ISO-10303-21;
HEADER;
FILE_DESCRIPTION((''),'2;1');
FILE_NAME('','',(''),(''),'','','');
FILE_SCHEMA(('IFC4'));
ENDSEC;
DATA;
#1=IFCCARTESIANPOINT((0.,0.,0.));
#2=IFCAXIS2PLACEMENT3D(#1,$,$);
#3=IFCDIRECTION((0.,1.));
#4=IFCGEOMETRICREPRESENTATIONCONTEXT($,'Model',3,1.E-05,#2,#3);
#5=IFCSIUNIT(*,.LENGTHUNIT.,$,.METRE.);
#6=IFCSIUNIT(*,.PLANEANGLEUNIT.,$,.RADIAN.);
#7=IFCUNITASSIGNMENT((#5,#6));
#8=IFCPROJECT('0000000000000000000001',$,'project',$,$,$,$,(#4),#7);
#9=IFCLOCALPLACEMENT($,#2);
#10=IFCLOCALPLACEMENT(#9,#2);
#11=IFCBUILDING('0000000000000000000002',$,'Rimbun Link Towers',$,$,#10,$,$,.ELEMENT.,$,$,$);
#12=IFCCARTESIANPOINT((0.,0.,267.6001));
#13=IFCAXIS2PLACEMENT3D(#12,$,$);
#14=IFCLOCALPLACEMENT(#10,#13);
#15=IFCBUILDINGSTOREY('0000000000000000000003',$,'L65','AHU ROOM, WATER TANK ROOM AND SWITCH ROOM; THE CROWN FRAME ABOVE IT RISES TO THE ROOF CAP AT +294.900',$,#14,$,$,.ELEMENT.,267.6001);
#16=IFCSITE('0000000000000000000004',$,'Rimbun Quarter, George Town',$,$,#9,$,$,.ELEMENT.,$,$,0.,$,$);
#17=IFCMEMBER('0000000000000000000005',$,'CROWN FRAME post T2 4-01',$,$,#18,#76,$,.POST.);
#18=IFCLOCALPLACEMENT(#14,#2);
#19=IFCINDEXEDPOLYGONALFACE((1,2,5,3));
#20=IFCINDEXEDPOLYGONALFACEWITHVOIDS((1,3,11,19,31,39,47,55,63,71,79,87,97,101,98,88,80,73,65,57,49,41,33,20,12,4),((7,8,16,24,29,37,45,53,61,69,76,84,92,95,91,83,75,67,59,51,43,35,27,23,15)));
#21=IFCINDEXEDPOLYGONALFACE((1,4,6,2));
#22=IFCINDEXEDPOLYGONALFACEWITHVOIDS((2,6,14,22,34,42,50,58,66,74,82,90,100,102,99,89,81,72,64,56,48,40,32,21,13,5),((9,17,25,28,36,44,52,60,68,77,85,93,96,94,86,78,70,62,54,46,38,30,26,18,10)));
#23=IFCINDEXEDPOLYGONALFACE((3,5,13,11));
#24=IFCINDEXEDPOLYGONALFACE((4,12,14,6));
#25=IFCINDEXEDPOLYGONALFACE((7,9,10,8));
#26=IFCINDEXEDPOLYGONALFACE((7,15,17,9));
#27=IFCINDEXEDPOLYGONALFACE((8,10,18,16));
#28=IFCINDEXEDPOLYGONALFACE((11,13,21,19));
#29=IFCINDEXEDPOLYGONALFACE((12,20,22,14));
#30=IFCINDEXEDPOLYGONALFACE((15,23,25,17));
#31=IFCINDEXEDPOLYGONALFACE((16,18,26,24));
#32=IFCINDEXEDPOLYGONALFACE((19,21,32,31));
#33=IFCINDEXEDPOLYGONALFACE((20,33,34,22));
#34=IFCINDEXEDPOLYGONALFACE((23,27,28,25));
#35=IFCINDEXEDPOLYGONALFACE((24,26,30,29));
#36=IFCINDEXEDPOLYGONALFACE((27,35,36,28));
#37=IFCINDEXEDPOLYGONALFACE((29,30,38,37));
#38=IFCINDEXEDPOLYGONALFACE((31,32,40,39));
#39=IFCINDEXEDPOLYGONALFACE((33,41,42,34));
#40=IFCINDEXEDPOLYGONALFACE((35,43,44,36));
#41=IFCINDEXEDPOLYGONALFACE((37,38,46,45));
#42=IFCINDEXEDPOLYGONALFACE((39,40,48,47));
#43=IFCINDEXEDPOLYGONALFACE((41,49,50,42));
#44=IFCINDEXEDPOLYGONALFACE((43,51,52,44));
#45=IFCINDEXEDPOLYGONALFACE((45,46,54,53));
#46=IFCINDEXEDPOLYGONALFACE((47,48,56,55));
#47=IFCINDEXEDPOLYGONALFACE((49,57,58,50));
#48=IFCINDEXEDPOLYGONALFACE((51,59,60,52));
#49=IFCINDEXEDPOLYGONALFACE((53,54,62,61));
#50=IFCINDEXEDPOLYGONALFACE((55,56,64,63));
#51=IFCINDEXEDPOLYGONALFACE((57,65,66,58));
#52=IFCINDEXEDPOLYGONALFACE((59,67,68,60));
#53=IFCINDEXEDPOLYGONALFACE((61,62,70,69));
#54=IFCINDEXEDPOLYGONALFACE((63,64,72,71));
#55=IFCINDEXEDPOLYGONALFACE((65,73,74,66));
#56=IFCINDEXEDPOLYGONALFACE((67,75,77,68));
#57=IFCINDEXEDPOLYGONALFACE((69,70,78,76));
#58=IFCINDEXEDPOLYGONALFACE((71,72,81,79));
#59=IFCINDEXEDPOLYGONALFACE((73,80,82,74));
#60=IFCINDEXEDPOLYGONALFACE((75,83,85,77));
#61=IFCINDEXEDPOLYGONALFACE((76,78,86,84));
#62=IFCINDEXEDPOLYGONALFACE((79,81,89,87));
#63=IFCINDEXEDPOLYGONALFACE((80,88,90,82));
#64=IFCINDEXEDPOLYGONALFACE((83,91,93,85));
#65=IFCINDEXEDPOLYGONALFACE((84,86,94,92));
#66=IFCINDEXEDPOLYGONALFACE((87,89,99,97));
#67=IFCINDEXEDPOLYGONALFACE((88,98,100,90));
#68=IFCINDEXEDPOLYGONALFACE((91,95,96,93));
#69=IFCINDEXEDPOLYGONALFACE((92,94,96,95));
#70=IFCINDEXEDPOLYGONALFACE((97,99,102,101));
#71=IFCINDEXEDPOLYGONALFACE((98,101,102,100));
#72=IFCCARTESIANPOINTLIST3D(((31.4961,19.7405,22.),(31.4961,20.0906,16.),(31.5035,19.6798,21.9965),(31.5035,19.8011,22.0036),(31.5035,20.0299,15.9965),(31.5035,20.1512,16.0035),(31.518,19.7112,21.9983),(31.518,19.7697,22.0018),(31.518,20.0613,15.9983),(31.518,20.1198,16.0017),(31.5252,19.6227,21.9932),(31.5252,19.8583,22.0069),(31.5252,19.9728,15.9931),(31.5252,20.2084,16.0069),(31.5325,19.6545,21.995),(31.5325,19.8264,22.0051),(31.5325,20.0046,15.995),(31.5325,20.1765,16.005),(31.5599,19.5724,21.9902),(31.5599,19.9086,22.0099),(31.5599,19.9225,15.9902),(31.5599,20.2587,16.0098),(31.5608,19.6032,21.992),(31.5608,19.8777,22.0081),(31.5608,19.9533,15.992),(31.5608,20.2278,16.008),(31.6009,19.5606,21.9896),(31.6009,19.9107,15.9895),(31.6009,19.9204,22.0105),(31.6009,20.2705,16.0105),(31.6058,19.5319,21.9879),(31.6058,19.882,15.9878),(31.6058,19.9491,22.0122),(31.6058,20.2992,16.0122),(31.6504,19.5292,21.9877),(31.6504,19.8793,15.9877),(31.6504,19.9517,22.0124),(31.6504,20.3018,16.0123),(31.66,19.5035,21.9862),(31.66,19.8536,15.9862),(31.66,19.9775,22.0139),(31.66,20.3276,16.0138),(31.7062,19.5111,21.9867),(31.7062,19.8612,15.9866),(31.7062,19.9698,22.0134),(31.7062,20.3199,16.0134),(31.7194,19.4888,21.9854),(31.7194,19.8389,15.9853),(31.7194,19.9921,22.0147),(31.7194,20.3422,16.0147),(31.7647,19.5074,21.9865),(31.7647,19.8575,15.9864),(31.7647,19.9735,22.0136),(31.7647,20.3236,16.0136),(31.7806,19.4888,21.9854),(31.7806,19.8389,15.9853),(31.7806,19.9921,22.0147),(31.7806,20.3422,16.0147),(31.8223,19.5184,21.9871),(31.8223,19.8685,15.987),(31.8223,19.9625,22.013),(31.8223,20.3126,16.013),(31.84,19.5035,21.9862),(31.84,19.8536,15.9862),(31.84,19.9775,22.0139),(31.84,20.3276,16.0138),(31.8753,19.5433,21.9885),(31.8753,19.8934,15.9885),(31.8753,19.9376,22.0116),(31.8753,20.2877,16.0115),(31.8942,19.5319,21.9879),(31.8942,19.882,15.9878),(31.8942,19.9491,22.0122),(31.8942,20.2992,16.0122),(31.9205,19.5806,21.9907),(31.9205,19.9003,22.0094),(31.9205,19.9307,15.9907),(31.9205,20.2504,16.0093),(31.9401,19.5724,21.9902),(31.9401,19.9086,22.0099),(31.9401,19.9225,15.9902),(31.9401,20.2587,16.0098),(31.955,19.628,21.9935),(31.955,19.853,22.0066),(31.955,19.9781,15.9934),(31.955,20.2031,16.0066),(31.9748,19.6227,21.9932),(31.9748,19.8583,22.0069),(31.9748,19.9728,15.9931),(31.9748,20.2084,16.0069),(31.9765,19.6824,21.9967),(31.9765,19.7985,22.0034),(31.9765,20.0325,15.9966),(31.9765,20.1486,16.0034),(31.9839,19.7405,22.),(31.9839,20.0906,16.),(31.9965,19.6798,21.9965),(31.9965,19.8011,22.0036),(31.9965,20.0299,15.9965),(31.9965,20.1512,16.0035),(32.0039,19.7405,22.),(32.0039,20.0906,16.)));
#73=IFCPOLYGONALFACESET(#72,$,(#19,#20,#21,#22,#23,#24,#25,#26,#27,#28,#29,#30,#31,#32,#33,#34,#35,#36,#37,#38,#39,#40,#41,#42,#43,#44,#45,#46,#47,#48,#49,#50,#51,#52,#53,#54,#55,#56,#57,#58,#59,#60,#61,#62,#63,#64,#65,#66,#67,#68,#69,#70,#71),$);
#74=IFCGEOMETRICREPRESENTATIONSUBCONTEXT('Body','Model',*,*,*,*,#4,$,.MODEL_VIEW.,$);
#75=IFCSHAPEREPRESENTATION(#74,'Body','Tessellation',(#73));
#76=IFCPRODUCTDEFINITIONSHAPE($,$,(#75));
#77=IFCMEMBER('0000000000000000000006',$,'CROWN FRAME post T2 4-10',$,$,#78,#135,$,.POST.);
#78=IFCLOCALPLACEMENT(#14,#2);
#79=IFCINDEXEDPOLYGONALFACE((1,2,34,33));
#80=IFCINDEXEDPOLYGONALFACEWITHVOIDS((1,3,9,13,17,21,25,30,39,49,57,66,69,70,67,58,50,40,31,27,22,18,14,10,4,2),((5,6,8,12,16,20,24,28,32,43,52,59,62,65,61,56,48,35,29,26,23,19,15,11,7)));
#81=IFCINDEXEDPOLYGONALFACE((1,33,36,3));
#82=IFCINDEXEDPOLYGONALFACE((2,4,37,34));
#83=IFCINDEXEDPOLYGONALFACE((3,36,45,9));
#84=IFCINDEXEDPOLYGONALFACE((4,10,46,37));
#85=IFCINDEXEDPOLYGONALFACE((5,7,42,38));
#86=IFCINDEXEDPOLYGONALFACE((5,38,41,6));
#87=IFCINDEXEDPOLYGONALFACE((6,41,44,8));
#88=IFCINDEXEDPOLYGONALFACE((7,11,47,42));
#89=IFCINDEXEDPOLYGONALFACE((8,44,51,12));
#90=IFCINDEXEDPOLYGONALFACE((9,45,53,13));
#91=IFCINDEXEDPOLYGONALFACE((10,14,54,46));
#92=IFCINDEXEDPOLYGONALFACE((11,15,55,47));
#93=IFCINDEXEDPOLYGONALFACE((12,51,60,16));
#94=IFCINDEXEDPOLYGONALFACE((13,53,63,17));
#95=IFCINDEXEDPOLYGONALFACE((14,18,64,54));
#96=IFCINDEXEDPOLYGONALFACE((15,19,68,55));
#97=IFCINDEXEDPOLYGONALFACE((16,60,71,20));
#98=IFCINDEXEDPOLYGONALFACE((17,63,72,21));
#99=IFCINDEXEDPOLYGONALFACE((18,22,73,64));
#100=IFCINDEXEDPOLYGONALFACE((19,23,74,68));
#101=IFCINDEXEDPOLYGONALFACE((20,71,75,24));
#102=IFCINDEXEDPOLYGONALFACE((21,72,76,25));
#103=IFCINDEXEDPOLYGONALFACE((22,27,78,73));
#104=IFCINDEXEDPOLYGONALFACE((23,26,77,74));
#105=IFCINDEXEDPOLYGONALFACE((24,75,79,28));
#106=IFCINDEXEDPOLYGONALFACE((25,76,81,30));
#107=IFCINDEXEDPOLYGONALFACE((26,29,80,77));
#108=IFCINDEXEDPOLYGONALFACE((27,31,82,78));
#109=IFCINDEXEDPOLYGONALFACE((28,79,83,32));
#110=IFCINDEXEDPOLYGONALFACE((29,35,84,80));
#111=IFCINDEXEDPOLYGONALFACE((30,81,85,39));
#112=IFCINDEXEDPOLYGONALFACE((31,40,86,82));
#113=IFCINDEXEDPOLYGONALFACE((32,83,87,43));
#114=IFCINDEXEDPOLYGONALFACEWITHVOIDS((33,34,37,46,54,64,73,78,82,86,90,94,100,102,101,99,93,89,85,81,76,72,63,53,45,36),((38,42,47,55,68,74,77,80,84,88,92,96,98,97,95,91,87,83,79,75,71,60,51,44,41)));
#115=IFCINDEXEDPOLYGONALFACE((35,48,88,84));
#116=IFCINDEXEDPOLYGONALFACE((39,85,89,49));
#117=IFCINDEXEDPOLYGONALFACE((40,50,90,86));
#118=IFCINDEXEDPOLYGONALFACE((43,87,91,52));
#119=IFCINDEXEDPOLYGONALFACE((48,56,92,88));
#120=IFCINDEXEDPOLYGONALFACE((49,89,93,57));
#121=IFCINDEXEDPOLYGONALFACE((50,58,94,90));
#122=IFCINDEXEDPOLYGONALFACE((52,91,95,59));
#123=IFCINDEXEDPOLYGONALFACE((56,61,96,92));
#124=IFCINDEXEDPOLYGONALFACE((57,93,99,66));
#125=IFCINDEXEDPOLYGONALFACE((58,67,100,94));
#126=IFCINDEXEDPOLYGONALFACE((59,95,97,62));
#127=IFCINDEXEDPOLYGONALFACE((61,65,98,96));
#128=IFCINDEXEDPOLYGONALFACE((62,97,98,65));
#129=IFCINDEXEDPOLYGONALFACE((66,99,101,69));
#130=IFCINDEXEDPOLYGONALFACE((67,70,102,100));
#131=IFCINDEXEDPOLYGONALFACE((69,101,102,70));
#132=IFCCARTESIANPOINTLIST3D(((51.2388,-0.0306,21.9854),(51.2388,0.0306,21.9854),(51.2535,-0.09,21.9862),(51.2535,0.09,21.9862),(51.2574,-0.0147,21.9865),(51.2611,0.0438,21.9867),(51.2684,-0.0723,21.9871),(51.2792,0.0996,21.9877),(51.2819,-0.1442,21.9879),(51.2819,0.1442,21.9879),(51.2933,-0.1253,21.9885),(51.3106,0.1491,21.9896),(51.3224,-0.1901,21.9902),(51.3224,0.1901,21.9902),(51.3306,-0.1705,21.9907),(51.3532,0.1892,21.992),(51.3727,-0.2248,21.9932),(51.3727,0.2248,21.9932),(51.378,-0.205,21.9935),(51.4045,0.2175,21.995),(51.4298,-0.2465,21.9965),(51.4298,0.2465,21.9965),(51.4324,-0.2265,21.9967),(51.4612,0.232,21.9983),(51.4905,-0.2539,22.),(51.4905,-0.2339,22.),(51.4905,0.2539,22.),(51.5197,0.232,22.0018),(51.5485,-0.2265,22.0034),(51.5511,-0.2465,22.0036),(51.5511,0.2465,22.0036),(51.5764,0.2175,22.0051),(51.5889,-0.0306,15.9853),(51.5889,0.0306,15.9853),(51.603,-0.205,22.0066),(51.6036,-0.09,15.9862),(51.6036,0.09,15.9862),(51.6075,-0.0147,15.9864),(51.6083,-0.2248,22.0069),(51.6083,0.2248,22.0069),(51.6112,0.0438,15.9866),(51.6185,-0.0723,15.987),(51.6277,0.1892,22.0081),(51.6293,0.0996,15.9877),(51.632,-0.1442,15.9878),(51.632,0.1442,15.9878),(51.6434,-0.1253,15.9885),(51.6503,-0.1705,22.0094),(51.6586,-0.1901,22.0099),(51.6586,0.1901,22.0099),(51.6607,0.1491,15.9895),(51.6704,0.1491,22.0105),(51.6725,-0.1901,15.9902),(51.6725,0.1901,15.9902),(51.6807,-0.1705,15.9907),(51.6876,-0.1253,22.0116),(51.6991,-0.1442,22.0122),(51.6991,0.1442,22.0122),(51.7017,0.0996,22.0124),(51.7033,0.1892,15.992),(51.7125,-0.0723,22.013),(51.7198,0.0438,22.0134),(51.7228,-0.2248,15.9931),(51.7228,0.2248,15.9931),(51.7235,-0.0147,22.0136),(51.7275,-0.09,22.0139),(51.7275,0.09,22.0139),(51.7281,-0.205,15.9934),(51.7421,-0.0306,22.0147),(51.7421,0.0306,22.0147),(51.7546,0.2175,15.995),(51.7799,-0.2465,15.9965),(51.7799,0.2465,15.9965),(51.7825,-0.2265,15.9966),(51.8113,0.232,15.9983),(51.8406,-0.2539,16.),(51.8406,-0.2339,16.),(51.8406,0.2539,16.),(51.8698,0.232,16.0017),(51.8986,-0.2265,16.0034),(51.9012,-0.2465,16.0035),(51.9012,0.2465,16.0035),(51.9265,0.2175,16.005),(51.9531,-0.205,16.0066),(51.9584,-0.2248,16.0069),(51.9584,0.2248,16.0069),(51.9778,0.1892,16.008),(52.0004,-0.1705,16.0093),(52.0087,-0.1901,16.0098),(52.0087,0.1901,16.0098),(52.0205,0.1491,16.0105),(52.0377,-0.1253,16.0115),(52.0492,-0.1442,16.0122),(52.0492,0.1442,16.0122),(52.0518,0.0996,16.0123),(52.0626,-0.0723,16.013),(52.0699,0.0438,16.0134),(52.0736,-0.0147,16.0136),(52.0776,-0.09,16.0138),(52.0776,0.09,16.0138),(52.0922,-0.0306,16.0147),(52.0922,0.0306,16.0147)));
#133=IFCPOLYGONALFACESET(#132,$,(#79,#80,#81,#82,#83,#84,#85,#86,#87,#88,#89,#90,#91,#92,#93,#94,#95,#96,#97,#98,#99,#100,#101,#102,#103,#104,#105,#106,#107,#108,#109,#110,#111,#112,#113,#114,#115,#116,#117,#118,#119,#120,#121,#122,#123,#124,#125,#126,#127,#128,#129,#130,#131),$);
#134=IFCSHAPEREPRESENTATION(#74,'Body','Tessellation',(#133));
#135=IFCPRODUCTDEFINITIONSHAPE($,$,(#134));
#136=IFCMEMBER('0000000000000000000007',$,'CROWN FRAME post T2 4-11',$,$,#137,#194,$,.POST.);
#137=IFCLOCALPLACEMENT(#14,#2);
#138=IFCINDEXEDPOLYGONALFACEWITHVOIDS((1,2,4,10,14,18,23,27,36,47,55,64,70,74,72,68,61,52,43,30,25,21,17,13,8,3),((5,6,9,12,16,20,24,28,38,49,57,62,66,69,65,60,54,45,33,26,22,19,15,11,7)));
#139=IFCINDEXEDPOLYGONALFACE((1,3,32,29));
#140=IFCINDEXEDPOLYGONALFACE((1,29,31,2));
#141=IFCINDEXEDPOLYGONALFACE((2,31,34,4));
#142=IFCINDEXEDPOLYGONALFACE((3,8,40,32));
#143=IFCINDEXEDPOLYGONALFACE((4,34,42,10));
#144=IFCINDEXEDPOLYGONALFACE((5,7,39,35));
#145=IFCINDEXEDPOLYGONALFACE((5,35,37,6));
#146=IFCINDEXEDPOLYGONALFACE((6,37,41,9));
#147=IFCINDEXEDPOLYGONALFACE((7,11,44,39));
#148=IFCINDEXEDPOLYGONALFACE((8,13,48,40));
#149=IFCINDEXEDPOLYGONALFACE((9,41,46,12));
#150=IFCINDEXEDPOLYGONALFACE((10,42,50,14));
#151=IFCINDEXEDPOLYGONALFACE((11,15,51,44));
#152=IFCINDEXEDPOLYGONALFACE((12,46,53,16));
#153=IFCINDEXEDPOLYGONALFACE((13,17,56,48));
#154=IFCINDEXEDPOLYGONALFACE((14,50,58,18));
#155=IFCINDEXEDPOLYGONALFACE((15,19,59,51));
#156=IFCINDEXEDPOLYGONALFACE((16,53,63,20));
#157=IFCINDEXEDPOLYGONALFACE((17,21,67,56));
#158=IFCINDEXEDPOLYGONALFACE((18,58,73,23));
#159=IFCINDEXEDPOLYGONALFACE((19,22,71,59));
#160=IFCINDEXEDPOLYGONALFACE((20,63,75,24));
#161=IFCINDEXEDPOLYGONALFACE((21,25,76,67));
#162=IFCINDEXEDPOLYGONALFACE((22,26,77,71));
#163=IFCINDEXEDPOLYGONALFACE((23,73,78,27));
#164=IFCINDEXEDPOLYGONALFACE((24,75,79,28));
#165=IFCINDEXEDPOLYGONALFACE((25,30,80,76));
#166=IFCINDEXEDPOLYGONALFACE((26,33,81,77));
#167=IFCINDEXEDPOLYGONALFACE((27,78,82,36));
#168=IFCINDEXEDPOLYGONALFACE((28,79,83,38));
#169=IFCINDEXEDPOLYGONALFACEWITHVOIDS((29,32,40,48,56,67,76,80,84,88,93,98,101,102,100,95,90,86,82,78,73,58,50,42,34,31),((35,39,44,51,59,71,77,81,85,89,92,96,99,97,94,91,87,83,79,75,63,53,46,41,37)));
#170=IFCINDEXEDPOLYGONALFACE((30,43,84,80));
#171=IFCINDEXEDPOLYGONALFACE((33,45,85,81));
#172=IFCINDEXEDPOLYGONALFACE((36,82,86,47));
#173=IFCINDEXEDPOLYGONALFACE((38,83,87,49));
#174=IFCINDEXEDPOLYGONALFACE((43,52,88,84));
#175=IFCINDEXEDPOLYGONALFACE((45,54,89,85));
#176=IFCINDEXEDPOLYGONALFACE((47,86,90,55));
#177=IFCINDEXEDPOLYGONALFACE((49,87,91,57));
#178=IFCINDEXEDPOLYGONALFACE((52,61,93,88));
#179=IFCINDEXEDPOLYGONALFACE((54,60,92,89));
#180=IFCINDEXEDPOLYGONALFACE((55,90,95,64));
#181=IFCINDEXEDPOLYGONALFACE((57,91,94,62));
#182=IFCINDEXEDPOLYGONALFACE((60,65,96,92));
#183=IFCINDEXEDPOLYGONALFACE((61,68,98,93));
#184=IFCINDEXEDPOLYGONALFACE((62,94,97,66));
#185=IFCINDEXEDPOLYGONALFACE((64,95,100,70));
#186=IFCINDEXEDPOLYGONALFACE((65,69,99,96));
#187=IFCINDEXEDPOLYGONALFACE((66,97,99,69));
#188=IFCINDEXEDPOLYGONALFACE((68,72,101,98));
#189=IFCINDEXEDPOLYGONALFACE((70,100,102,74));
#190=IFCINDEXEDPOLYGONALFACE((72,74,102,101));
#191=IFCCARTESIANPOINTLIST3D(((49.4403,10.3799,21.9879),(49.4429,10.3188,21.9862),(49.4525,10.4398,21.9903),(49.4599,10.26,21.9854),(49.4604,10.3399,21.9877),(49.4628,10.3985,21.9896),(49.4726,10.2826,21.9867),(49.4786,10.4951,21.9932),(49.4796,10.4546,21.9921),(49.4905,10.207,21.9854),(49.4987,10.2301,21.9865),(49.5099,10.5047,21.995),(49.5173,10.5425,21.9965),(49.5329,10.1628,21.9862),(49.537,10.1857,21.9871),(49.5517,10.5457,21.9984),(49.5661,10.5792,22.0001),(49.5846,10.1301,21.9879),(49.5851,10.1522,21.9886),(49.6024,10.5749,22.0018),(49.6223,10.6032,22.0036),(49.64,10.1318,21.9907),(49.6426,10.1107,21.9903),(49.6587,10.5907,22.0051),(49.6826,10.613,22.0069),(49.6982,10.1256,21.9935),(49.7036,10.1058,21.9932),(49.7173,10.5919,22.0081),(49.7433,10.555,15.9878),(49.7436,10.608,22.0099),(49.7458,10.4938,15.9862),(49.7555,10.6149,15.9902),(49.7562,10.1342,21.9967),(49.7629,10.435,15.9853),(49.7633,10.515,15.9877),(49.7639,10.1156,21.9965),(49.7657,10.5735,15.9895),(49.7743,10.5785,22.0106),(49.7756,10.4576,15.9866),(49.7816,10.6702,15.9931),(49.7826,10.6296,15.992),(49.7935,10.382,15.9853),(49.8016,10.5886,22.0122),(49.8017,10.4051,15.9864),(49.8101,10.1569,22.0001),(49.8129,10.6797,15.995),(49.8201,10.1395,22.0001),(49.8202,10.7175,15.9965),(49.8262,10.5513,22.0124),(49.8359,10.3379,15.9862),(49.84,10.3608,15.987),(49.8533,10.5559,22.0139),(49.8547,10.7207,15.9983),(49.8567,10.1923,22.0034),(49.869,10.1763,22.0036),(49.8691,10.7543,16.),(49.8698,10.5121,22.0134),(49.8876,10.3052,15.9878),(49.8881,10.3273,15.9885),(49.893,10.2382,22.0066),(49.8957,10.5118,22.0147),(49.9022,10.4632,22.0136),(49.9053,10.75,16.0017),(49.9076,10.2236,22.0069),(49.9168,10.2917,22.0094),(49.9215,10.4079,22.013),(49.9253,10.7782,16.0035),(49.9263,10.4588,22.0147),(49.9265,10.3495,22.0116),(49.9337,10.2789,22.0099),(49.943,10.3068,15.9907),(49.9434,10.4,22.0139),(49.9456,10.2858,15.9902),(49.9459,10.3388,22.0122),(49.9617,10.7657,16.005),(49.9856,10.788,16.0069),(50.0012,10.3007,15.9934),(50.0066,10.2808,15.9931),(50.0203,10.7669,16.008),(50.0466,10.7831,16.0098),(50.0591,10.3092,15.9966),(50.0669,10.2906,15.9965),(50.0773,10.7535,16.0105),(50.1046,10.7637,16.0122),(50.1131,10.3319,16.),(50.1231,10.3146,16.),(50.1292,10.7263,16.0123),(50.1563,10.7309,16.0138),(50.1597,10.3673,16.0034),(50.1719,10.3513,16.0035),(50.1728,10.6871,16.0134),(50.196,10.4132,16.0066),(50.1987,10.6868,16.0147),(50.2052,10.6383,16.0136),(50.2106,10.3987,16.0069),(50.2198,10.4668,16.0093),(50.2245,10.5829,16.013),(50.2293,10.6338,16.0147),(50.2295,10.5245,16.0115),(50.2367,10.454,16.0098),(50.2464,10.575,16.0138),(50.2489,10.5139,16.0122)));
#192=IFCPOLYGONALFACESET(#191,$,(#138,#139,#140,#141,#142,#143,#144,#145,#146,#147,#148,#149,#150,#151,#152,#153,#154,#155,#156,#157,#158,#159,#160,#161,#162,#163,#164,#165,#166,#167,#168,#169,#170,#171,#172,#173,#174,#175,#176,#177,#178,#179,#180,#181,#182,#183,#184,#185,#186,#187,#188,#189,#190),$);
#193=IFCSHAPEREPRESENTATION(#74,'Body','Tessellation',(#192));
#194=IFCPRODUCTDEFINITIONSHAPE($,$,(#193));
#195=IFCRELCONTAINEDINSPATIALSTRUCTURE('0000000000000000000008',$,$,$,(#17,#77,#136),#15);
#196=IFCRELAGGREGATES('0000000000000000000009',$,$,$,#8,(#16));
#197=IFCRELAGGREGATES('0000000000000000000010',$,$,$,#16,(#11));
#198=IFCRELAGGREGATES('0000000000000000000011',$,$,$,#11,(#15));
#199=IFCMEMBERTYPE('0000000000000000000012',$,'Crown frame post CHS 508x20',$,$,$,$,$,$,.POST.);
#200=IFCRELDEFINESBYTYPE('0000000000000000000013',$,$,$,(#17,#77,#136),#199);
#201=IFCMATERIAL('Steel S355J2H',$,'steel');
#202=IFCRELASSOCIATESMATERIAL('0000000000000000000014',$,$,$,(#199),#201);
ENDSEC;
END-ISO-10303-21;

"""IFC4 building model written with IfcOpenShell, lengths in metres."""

from ifc_helpers import new_model, si_unit, direction, frame, origin, origin_2d, place, context, subcontext, project, spatial, hollow_circle, extrude, material, material_profile, profile_set, type_object, element, save


model = new_model("IFC4")

# Units and contexts
model_context = context("Model", 3, precision=1e-05, world=origin(), true_north=direction((0.0, 1.0)))
body_context = subcontext(model_context, "Body", "Model", "MODEL_VIEW")
ifc_project = project(units=[si_unit("LENGTHUNIT", "METRE"), si_unit("PLANEANGLEUNIT", "RADIAN")], contexts=[model_context])

# Site, building, storey
site_placement = place(None, origin())
site = spatial("IfcSite", under=ifc_project, at=site_placement, Name="Rimbun Quarter, George Town", CompositionType="ELEMENT", RefElevation=0.0)
building_placement = place(site_placement, origin())
building = spatial("IfcBuilding", under=site, at=building_placement, Name="Rimbun Link Towers", CompositionType="ELEMENT")
storey_placement = place(building_placement, frame((0.0, 0.0, 267.6001)))
storey = spatial("IfcBuildingStorey", under=building, at=storey_placement, Name="L65", Description="AHU ROOM, WATER TANK ROOM AND SWITCH ROOM; THE CROWN FRAME ABOVE IT RISES TO THE ROOF CAP AT +294.900", CompositionType="ELEMENT", Elevation=267.6001)

# Members
ifc_material_1 = material(Name="Steel S355J2H", Category="steel")
ifc_material_profile_1 = material_profile(ifc_material_1, hollow_circle(Radius=0.2539, WallThickness=0.02, at=origin_2d()), Name="Crown frame post CHS 508x20")
ifc_profile_set_1 = profile_set([ifc_material_profile_1], Name="Steel S355J2H")
member_type_1 = type_object("IfcMemberType", Name="Crown frame post CHS 508x20", PredefinedType="POST", material=ifc_profile_set_1)
for number, where, z_axis, x_axis, name in (
    (1, (31.75, 20.0906, 16.0), (0.0, -0.058251, 0.998302), (1.0, 0.0, 0.0), "CROWN FRAME post T2 4-01"),
    (2, (51.8406, 0.0, 16.0), (-0.058251, 0.0, 0.998302), (0.0, -1.0, 0.0), "CROWN FRAME post T2 4-10"),
    (3, (49.9961, 10.5344, 16.0), (-0.050411, -0.029125, 0.998304), (0.500266, -0.865872, 0.0), "CROWN FRAME post T2 4-11"),
):
    element("IfcMember", number, at=place(storey_placement, frame(where, z_axis=z_axis, x_axis=x_axis)), inside=storey, type_object=member_type_1, Name=name, PredefinedType="POST", context=body_context, shape_type="SweptSolid", body=[
        extrude(hollow_circle(Radius=0.2539, WallThickness=0.02, at=origin_2d()), origin(), (0.0, 0.0, 1.0), 6.0103),
    ])

save(model, "model.ifc")
